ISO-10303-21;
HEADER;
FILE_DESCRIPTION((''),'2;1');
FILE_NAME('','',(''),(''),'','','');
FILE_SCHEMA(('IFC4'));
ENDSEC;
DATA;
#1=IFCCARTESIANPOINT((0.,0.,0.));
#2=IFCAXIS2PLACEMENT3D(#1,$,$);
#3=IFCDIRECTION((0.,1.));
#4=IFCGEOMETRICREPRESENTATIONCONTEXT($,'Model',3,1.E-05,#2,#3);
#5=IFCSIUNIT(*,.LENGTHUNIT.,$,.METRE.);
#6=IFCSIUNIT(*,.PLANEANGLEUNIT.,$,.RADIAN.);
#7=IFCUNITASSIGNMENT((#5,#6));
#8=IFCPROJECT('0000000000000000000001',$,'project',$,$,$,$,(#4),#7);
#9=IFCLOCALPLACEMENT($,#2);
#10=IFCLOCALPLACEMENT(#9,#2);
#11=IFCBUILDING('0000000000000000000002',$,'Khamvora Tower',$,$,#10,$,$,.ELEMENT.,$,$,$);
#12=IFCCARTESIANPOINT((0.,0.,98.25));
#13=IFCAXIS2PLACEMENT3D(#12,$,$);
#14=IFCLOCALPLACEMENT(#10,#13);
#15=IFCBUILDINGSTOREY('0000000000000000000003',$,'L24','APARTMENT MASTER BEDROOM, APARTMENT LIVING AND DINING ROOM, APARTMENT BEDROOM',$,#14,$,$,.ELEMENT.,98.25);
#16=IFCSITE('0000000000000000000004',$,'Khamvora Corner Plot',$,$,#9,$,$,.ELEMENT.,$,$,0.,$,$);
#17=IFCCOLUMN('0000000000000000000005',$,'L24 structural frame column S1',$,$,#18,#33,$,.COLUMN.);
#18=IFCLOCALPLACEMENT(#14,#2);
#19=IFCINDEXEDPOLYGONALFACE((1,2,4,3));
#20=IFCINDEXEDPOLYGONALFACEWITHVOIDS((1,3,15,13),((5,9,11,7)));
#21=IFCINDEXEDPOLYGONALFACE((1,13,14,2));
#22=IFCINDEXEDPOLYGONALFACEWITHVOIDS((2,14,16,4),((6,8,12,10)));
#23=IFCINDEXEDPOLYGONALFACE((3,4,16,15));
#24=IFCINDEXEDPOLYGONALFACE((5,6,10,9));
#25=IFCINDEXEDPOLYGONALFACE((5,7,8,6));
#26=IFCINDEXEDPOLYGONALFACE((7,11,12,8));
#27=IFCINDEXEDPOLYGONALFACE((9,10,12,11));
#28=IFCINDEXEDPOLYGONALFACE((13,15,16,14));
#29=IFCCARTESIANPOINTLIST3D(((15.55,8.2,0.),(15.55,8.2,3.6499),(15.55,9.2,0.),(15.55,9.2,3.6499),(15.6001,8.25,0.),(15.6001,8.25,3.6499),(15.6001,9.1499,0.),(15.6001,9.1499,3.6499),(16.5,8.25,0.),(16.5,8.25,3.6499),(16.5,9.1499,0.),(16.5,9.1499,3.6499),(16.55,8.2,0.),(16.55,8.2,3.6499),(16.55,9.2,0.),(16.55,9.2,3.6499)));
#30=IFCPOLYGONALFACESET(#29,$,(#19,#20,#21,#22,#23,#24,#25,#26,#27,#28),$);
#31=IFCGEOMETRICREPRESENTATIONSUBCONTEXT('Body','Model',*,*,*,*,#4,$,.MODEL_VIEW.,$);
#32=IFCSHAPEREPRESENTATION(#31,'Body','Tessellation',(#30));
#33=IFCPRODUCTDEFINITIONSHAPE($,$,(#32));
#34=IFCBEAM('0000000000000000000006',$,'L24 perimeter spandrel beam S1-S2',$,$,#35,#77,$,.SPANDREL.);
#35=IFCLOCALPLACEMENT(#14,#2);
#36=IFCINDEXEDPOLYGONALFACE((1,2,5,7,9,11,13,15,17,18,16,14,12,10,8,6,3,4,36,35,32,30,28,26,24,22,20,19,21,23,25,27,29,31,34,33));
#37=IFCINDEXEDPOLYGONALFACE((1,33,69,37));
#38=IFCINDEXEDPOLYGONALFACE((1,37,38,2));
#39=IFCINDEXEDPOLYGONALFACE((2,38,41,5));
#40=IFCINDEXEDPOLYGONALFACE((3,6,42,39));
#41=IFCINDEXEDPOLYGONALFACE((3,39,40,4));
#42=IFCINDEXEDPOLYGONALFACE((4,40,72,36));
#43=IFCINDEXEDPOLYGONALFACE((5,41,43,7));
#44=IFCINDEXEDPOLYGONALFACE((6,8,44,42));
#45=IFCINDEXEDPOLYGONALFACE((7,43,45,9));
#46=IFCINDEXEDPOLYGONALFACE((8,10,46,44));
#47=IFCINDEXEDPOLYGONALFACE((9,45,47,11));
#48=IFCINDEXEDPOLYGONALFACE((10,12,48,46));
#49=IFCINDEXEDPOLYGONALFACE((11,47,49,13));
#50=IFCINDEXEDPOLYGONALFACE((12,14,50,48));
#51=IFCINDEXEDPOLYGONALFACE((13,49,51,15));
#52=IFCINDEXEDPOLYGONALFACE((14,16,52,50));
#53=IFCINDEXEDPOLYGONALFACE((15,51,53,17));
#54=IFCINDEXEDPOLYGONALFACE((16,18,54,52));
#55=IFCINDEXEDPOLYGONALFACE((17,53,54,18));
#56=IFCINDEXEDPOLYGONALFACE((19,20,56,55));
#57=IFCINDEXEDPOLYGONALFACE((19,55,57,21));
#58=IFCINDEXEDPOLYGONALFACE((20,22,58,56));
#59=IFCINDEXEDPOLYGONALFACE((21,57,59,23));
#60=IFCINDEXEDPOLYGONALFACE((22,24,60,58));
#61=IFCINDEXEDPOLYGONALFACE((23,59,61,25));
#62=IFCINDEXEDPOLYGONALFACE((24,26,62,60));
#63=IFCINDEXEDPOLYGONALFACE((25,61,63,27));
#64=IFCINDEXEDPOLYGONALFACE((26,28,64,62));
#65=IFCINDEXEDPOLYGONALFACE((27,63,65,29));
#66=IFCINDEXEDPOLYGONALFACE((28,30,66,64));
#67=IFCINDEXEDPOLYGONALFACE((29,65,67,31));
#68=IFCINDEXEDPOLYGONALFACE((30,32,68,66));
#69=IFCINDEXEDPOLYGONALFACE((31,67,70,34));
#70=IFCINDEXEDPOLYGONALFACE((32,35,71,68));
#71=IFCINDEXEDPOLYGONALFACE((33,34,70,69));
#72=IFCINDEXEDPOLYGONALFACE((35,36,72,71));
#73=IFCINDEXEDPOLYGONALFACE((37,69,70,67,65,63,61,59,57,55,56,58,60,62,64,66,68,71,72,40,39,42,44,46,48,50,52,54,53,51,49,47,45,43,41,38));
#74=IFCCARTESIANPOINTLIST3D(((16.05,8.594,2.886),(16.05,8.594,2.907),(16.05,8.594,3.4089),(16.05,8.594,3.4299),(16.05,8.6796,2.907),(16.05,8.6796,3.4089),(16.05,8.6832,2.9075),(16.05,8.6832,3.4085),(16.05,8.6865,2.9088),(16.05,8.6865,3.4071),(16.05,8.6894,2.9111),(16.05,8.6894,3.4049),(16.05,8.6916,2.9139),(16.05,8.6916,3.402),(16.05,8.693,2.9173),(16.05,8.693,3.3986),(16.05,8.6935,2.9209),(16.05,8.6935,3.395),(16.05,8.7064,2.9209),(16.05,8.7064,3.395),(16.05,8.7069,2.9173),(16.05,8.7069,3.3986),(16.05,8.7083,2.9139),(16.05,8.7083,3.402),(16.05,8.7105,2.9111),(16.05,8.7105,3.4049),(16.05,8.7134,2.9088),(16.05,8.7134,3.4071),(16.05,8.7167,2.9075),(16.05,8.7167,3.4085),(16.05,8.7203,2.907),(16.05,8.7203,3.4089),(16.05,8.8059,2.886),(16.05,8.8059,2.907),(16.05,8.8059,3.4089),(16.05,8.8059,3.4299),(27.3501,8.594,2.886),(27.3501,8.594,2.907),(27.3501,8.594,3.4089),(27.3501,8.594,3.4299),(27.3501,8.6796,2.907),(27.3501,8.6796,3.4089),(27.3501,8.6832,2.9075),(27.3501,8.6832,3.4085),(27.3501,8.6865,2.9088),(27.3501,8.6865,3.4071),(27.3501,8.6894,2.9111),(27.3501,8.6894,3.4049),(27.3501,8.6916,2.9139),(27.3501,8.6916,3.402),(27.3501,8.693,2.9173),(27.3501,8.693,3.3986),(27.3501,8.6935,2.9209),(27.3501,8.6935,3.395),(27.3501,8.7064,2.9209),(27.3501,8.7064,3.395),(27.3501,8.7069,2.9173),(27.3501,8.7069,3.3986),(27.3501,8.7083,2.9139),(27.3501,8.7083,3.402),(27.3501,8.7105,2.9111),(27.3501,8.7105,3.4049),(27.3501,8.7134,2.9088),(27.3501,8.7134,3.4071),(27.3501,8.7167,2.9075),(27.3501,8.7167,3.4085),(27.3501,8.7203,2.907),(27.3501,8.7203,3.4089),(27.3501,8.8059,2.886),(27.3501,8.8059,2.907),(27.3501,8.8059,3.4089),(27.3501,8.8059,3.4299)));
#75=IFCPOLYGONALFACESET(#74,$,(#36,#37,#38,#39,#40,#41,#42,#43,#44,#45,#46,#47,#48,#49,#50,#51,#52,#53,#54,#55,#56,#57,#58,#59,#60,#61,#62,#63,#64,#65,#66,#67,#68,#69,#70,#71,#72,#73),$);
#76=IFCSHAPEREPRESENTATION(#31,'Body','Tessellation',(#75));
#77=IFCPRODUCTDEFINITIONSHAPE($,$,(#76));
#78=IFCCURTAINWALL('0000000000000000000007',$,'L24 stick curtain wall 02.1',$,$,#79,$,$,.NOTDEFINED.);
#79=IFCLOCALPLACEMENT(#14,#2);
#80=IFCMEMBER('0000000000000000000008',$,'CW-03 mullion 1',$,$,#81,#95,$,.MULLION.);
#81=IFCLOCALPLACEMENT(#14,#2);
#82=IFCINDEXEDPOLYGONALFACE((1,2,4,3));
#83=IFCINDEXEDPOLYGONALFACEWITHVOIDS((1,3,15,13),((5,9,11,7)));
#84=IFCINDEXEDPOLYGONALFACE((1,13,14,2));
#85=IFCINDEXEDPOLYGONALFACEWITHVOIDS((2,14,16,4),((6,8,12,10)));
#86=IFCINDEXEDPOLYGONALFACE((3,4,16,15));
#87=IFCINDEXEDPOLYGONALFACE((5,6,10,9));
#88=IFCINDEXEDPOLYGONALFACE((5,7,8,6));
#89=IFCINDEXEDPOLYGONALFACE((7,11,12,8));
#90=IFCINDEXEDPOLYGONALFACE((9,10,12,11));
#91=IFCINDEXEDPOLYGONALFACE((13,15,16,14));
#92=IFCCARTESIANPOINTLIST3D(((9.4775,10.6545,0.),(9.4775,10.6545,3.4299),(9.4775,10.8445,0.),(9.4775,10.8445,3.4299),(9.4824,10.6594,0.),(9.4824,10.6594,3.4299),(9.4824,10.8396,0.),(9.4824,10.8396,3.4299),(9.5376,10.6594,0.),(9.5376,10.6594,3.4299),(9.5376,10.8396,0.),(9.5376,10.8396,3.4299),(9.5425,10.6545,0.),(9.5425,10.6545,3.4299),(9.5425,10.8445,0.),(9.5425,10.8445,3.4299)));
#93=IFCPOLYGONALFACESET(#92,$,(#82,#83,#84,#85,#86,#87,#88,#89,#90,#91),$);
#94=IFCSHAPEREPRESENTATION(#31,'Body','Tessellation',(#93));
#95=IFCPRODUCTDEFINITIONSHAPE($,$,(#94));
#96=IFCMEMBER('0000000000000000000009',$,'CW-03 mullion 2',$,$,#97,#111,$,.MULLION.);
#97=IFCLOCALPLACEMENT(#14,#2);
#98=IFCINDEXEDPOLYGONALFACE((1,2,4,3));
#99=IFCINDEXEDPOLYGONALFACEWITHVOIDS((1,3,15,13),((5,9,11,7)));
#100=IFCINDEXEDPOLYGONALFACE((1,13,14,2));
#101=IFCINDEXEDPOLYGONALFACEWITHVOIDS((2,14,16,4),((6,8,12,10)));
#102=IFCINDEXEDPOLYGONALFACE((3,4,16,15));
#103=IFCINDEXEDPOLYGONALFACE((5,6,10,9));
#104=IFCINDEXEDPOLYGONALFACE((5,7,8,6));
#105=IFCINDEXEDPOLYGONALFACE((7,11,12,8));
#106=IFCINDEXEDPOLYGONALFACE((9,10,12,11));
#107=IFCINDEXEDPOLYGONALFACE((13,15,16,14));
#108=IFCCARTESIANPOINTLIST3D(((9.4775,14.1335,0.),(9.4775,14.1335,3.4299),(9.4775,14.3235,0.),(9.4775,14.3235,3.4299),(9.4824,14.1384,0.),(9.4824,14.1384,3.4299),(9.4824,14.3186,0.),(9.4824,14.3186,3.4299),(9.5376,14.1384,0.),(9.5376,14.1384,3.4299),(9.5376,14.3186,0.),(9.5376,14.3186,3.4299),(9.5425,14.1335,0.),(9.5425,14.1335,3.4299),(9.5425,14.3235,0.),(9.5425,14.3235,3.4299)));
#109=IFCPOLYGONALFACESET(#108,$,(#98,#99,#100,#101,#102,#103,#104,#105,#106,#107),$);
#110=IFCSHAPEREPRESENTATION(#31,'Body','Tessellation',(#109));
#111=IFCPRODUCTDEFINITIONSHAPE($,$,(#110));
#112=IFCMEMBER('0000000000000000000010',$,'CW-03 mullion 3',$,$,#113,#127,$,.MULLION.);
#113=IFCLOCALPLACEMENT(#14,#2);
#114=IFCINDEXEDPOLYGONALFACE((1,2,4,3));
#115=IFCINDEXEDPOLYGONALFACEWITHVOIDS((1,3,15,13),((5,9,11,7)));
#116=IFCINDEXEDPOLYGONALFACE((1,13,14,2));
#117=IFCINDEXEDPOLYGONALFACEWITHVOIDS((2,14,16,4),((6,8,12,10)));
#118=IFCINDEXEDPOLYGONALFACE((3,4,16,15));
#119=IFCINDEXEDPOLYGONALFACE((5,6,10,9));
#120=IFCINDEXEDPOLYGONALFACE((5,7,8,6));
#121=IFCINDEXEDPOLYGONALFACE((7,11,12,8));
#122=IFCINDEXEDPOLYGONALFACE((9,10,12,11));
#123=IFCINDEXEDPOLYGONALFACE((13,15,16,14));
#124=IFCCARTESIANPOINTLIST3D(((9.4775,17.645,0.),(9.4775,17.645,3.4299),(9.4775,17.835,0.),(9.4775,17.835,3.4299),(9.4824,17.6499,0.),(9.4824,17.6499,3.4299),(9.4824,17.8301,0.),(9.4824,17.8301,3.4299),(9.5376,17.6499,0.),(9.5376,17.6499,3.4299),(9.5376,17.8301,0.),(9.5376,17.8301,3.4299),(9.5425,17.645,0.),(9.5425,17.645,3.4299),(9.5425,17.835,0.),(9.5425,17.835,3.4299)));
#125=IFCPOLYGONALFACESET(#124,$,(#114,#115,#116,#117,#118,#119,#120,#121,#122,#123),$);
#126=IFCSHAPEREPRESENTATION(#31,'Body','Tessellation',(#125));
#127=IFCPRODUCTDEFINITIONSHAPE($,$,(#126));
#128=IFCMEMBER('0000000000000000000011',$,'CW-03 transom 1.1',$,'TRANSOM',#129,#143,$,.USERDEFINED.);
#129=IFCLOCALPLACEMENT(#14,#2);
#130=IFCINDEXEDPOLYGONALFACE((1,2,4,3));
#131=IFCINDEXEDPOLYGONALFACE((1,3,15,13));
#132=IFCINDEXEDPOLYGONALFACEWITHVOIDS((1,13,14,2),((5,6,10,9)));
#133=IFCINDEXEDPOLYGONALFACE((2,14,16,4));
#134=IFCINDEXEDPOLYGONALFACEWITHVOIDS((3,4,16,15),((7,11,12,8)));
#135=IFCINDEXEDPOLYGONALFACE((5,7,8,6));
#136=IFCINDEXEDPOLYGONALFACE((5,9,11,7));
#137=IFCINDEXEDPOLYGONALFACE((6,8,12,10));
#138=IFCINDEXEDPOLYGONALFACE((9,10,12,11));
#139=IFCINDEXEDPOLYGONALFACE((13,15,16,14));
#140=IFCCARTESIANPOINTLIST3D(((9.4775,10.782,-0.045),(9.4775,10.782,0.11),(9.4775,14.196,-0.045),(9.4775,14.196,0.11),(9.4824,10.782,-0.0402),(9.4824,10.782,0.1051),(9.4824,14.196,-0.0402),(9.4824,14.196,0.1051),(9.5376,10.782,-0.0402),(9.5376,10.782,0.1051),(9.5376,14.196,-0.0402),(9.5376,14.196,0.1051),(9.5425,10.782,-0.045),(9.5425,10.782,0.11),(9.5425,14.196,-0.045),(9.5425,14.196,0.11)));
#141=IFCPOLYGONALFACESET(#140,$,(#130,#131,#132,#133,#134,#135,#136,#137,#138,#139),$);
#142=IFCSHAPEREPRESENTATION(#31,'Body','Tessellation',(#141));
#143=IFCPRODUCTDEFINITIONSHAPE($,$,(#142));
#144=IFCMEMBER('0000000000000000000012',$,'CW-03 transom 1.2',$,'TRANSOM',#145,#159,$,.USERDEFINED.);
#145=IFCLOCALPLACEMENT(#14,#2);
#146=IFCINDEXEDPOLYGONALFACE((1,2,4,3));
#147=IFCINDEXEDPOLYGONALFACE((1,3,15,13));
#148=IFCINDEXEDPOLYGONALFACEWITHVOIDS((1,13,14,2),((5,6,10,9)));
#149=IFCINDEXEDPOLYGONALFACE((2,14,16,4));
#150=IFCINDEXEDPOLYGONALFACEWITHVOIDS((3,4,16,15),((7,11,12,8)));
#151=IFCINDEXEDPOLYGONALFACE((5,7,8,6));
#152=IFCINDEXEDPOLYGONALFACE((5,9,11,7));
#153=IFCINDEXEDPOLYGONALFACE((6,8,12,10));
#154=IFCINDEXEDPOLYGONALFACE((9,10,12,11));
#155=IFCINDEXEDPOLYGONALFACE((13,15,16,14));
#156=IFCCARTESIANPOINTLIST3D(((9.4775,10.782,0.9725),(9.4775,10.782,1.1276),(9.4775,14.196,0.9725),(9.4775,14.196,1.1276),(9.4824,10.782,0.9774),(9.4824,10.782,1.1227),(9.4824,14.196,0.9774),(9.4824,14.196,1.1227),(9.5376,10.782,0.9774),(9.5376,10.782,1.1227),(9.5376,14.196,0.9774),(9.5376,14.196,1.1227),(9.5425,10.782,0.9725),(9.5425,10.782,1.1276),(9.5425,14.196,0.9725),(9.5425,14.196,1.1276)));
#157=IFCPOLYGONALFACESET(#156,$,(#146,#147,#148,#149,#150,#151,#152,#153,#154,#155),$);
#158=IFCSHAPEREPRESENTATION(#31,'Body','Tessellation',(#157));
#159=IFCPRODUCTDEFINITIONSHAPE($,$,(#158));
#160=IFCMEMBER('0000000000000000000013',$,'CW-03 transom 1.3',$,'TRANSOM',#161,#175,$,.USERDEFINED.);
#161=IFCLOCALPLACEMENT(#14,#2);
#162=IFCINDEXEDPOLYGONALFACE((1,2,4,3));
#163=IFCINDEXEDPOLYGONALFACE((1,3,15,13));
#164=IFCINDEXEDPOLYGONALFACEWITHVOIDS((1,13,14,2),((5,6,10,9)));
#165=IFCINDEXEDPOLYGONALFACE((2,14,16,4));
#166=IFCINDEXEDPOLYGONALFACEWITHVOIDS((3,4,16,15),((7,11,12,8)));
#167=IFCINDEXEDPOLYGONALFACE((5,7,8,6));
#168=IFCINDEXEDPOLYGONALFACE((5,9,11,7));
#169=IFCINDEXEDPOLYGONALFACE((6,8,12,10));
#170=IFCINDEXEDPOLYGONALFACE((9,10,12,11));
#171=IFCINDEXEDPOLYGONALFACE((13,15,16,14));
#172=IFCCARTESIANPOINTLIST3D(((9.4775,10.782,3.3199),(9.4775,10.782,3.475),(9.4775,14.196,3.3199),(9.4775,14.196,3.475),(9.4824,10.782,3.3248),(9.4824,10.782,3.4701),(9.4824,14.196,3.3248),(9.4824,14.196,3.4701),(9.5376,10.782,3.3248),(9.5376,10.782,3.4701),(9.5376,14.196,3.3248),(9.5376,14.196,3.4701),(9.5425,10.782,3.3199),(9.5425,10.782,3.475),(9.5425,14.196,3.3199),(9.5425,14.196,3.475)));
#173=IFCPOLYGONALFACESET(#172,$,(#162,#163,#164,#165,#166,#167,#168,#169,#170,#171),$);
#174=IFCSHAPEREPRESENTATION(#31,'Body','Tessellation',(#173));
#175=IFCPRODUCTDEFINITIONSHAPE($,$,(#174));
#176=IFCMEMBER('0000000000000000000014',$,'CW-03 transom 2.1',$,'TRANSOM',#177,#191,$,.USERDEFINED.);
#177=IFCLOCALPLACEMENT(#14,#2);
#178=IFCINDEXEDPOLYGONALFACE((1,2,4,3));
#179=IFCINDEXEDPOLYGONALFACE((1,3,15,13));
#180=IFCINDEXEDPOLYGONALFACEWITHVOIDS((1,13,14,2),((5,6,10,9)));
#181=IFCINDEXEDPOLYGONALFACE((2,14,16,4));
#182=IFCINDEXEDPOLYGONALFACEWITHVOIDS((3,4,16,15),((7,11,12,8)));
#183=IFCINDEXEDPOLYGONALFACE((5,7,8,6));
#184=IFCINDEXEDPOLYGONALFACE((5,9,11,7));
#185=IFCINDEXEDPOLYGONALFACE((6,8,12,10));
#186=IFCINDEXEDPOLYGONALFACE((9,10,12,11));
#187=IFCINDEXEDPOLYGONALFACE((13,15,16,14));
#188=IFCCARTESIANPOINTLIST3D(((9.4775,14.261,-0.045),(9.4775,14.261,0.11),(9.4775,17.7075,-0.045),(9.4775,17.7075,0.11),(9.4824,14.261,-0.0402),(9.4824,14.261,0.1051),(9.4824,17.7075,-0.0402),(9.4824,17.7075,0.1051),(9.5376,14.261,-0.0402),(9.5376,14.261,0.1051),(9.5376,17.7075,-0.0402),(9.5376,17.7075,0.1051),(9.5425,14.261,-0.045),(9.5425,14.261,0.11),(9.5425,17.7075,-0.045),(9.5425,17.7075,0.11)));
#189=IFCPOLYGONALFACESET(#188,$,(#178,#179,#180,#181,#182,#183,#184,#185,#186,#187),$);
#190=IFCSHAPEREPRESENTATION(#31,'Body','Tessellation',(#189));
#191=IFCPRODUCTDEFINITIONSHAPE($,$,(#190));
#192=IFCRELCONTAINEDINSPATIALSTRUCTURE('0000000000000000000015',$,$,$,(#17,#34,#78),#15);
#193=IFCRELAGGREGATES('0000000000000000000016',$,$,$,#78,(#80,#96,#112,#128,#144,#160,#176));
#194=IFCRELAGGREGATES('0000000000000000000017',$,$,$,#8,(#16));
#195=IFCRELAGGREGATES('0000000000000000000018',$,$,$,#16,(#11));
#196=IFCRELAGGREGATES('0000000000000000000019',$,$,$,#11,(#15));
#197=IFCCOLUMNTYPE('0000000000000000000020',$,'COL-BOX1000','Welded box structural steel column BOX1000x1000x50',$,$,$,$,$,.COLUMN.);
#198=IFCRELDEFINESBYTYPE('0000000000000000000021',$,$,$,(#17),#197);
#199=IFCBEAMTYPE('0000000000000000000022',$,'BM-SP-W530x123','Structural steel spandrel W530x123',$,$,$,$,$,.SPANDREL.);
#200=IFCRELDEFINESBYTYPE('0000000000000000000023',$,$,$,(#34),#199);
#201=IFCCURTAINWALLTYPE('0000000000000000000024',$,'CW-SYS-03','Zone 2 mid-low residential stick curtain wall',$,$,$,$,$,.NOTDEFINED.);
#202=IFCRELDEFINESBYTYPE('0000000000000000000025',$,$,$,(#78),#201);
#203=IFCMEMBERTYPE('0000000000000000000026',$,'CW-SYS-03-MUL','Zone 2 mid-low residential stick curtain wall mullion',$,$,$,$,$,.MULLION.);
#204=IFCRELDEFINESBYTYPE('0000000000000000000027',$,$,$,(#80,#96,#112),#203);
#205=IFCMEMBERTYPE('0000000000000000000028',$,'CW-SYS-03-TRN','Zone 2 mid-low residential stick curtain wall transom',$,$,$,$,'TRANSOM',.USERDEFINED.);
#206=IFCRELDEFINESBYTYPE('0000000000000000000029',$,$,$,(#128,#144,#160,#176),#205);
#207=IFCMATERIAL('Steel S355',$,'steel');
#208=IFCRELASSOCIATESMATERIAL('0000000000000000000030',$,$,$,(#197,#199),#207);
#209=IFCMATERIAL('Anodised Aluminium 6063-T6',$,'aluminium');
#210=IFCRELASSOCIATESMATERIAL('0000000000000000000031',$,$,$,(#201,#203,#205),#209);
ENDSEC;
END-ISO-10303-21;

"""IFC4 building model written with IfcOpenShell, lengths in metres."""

from ifc_helpers import new_model, si_unit, direction, frame, origin, origin_2d, place, context, subcontext, project, spatial, hollow_rectangle, i_section, extrude, material, material_profile, profile_set, type_object, element, aggregate, save


model = new_model("IFC4")

# Units and contexts
model_context = context("Model", 3, precision=1e-05, world=origin(), true_north=direction((0.0, 1.0)))
body_context = subcontext(model_context, "Body", "Model", "MODEL_VIEW")
ifc_project = project(units=[si_unit("LENGTHUNIT", "METRE"), si_unit("PLANEANGLEUNIT", "RADIAN")], contexts=[model_context])

# Site, building, storey
site_placement = place(None, origin())
site = spatial("IfcSite", under=ifc_project, at=site_placement, Name="Khamvora Corner Plot", CompositionType="ELEMENT", RefElevation=0.0)
building_placement = place(site_placement, origin())
building = spatial("IfcBuilding", under=site, at=building_placement, Name="Khamvora Tower", CompositionType="ELEMENT")
storey_placement = place(building_placement, frame((0.0, 0.0, 98.25)))
storey = spatial("IfcBuildingStorey", under=building, at=storey_placement, Name="L24", Description="APARTMENT MASTER BEDROOM, APARTMENT LIVING AND DINING ROOM, APARTMENT BEDROOM", CompositionType="ELEMENT", Elevation=98.25)

# Column
ifc_material_1 = material(Name="Steel S355", Category="steel")
ifc_material_profile_1 = material_profile(ifc_material_1, hollow_rectangle(XDim=1.0, YDim=1.0, WallThickness=0.05, at=origin_2d()), Name="BOX1000x1000x50")
ifc_profile_set_1 = profile_set([ifc_material_profile_1], Name="Steel S355")
column_type = type_object("IfcColumnType", Name="COL-BOX1000", Description="Welded box structural steel column BOX1000x1000x50", PredefinedType="COLUMN", material=ifc_profile_set_1)
column_placement = place(storey_placement, frame((16.05, 8.7, 0.0), z_axis=(0.0, 0.0, 1.0), x_axis=(1.0, 0.0, 0.0)))
element("IfcColumn", 1, at=column_placement, inside=storey, type_object=column_type, Name="L24 structural frame column S1", PredefinedType="COLUMN", context=body_context, shape_type="SweptSolid", body=[
    extrude(hollow_rectangle(XDim=1.0, YDim=1.0, WallThickness=0.05, at=origin_2d()), origin(), (0.0, 0.0, 1.0), 3.6499),
])

# Beam
ifc_material_profile_2 = material_profile(ifc_material_1, i_section(OverallWidth=0.2119, OverallDepth=0.5439, WebThickness=0.0129, FlangeThickness=0.021, FilletRadius=0.0139, at=origin_2d()), Name="W530x123")
ifc_profile_set_2 = profile_set([ifc_material_profile_2], Name="Steel S355")
beam_type = type_object("IfcBeamType", Name="BM-SP-W530x123", Description="Structural steel spandrel W530x123", PredefinedType="SPANDREL", material=ifc_profile_set_2)
beam_placement = place(storey_placement, frame((16.05, 8.7, 3.158), z_axis=(1.0, 0.0, 0.0), x_axis=(0.0, 1.0, 0.0)))
element("IfcBeam", 2, at=beam_placement, inside=storey, type_object=beam_type, Name="L24 perimeter spandrel beam S1-S2", PredefinedType="SPANDREL", context=body_context, shape_type="SweptSolid", body=[
    extrude(i_section(OverallWidth=0.2119, OverallDepth=0.5439, WebThickness=0.0129, FlangeThickness=0.021, FilletRadius=0.0139, at=origin_2d()), origin(), (0.0, 0.0, 1.0), 11.3),
])

# Curtain wall, members
ifc_material_2 = material(Name="Anodised Aluminium 6063-T6", Category="aluminium")
curtain_wall_type = type_object("IfcCurtainWallType", Name="CW-SYS-03", Description="Zone 2 mid-low residential stick curtain wall", PredefinedType="NOTDEFINED", material=ifc_material_2)
curtain_wall_placement = place(storey_placement, origin())
curtain_wall = element("IfcCurtainWall", 3, at=curtain_wall_placement, inside=storey, type_object=curtain_wall_type, Name="L24 stick curtain wall 02.1", PredefinedType="NOTDEFINED")
ifc_material_profile_3 = material_profile(ifc_material_2, hollow_rectangle(XDim=0.0649, YDim=0.1899, WallThickness=0.0049, at=origin_2d()), Name="MUL65x190x5")
ifc_profile_set_3 = profile_set([ifc_material_profile_3], Name="Anodised Aluminium 6063-T6")
member_type_1 = type_object("IfcMemberType", Name="CW-SYS-03-MUL", Description="Zone 2 mid-low residential stick curtain wall mullion", PredefinedType="MULLION", material=ifc_profile_set_3)
member_1_placement = place(storey_placement, frame((9.51, 10.7495, 0.0), z_axis=(0.0, 0.0, 1.0), x_axis=(-1.0, 0.0, 0.0)))
member_1 = element("IfcMember", 4, at=member_1_placement, type_object=member_type_1, Name="CW-03 mullion 1", PredefinedType="MULLION", context=body_context, shape_type="SweptSolid", body=[
    extrude(hollow_rectangle(XDim=0.0649, YDim=0.1899, WallThickness=0.0049, at=origin_2d()), origin(), (0.0, 0.0, 1.0), 3.4299),
])
member_2_placement = place(storey_placement, frame((9.51, 14.2285, 0.0), z_axis=(0.0, 0.0, 1.0), x_axis=(-1.0, 0.0, 0.0)))
member_2 = element("IfcMember", 5, at=member_2_placement, type_object=member_type_1, Name="CW-03 mullion 2", PredefinedType="MULLION", context=body_context, shape_type="SweptSolid", body=[
    extrude(hollow_rectangle(XDim=0.0649, YDim=0.1899, WallThickness=0.0049, at=origin_2d()), origin(), (0.0, 0.0, 1.0), 3.4299),
])
member_3_placement = place(storey_placement, frame((9.51, 17.74, 0.0), z_axis=(0.0, 0.0, 1.0), x_axis=(-1.0, 0.0, 0.0)))
member_3 = element("IfcMember", 6, at=member_3_placement, type_object=member_type_1, Name="CW-03 mullion 3", PredefinedType="MULLION", context=body_context, shape_type="SweptSolid", body=[
    extrude(hollow_rectangle(XDim=0.0649, YDim=0.1899, WallThickness=0.0049, at=origin_2d()), origin(), (0.0, 0.0, 1.0), 3.4299),
])
ifc_material_profile_4 = material_profile(ifc_material_2, hollow_rectangle(XDim=0.0649, YDim=0.155, WallThickness=0.0049, at=origin_2d()), Name="TRN65x155x5")
ifc_profile_set_4 = profile_set([ifc_material_profile_4], Name="Anodised Aluminium 6063-T6")
member_type_2 = type_object("IfcMemberType", Name="CW-SYS-03-TRN", Description="Zone 2 mid-low residential stick curtain wall transom", ElementType="TRANSOM", PredefinedType="USERDEFINED", material=ifc_profile_set_4)
member_4_placement = place(storey_placement, frame((9.51, 10.782, 0.0325), z_axis=(0.0, 1.0, 0.0), x_axis=(-1.0, 0.0, 0.0)))
member_4 = element("IfcMember", 7, at=member_4_placement, type_object=member_type_2, Name="CW-03 transom 1.1", ObjectType="TRANSOM", PredefinedType="USERDEFINED", context=body_context, shape_type="SweptSolid", body=[
    extrude(hollow_rectangle(XDim=0.0649, YDim=0.155, WallThickness=0.0049, at=origin_2d()), origin(), (0.0, 0.0, 1.0), 3.4141),
])
member_5_placement = place(storey_placement, frame((9.51, 10.782, 1.05), z_axis=(0.0, 1.0, 0.0), x_axis=(-1.0, 0.0, 0.0)))
member_5 = element("IfcMember", 8, at=member_5_placement, type_object=member_type_2, Name="CW-03 transom 1.2", ObjectType="TRANSOM", PredefinedType="USERDEFINED", context=body_context, shape_type="SweptSolid", body=[
    extrude(hollow_rectangle(XDim=0.0649, YDim=0.155, WallThickness=0.0049, at=origin_2d()), origin(), (0.0, 0.0, 1.0), 3.4141),
])
member_6_placement = place(storey_placement, frame((9.51, 10.782, 3.3975), z_axis=(0.0, 1.0, 0.0), x_axis=(-1.0, 0.0, 0.0)))
member_6 = element("IfcMember", 9, at=member_6_placement, type_object=member_type_2, Name="CW-03 transom 1.3", ObjectType="TRANSOM", PredefinedType="USERDEFINED", context=body_context, shape_type="SweptSolid", body=[
    extrude(hollow_rectangle(XDim=0.0649, YDim=0.155, WallThickness=0.0049, at=origin_2d()), origin(), (0.0, 0.0, 1.0), 3.4141),
])
member_7_placement = place(storey_placement, frame((9.51, 14.261, 0.0325), z_axis=(0.0, 1.0, 0.0), x_axis=(-1.0, 0.0, 0.0)))
member_7 = element("IfcMember", 10, at=member_7_placement, type_object=member_type_2, Name="CW-03 transom 2.1", ObjectType="TRANSOM", PredefinedType="USERDEFINED", context=body_context, shape_type="SweptSolid", body=[
    extrude(hollow_rectangle(XDim=0.0649, YDim=0.155, WallThickness=0.0049, at=origin_2d()), origin(), (0.0, 0.0, 1.0), 3.4465),
])
aggregate(curtain_wall, [member_1, member_2, member_3, member_4, member_5, member_6, member_7])

save(model, "model.ifc")
